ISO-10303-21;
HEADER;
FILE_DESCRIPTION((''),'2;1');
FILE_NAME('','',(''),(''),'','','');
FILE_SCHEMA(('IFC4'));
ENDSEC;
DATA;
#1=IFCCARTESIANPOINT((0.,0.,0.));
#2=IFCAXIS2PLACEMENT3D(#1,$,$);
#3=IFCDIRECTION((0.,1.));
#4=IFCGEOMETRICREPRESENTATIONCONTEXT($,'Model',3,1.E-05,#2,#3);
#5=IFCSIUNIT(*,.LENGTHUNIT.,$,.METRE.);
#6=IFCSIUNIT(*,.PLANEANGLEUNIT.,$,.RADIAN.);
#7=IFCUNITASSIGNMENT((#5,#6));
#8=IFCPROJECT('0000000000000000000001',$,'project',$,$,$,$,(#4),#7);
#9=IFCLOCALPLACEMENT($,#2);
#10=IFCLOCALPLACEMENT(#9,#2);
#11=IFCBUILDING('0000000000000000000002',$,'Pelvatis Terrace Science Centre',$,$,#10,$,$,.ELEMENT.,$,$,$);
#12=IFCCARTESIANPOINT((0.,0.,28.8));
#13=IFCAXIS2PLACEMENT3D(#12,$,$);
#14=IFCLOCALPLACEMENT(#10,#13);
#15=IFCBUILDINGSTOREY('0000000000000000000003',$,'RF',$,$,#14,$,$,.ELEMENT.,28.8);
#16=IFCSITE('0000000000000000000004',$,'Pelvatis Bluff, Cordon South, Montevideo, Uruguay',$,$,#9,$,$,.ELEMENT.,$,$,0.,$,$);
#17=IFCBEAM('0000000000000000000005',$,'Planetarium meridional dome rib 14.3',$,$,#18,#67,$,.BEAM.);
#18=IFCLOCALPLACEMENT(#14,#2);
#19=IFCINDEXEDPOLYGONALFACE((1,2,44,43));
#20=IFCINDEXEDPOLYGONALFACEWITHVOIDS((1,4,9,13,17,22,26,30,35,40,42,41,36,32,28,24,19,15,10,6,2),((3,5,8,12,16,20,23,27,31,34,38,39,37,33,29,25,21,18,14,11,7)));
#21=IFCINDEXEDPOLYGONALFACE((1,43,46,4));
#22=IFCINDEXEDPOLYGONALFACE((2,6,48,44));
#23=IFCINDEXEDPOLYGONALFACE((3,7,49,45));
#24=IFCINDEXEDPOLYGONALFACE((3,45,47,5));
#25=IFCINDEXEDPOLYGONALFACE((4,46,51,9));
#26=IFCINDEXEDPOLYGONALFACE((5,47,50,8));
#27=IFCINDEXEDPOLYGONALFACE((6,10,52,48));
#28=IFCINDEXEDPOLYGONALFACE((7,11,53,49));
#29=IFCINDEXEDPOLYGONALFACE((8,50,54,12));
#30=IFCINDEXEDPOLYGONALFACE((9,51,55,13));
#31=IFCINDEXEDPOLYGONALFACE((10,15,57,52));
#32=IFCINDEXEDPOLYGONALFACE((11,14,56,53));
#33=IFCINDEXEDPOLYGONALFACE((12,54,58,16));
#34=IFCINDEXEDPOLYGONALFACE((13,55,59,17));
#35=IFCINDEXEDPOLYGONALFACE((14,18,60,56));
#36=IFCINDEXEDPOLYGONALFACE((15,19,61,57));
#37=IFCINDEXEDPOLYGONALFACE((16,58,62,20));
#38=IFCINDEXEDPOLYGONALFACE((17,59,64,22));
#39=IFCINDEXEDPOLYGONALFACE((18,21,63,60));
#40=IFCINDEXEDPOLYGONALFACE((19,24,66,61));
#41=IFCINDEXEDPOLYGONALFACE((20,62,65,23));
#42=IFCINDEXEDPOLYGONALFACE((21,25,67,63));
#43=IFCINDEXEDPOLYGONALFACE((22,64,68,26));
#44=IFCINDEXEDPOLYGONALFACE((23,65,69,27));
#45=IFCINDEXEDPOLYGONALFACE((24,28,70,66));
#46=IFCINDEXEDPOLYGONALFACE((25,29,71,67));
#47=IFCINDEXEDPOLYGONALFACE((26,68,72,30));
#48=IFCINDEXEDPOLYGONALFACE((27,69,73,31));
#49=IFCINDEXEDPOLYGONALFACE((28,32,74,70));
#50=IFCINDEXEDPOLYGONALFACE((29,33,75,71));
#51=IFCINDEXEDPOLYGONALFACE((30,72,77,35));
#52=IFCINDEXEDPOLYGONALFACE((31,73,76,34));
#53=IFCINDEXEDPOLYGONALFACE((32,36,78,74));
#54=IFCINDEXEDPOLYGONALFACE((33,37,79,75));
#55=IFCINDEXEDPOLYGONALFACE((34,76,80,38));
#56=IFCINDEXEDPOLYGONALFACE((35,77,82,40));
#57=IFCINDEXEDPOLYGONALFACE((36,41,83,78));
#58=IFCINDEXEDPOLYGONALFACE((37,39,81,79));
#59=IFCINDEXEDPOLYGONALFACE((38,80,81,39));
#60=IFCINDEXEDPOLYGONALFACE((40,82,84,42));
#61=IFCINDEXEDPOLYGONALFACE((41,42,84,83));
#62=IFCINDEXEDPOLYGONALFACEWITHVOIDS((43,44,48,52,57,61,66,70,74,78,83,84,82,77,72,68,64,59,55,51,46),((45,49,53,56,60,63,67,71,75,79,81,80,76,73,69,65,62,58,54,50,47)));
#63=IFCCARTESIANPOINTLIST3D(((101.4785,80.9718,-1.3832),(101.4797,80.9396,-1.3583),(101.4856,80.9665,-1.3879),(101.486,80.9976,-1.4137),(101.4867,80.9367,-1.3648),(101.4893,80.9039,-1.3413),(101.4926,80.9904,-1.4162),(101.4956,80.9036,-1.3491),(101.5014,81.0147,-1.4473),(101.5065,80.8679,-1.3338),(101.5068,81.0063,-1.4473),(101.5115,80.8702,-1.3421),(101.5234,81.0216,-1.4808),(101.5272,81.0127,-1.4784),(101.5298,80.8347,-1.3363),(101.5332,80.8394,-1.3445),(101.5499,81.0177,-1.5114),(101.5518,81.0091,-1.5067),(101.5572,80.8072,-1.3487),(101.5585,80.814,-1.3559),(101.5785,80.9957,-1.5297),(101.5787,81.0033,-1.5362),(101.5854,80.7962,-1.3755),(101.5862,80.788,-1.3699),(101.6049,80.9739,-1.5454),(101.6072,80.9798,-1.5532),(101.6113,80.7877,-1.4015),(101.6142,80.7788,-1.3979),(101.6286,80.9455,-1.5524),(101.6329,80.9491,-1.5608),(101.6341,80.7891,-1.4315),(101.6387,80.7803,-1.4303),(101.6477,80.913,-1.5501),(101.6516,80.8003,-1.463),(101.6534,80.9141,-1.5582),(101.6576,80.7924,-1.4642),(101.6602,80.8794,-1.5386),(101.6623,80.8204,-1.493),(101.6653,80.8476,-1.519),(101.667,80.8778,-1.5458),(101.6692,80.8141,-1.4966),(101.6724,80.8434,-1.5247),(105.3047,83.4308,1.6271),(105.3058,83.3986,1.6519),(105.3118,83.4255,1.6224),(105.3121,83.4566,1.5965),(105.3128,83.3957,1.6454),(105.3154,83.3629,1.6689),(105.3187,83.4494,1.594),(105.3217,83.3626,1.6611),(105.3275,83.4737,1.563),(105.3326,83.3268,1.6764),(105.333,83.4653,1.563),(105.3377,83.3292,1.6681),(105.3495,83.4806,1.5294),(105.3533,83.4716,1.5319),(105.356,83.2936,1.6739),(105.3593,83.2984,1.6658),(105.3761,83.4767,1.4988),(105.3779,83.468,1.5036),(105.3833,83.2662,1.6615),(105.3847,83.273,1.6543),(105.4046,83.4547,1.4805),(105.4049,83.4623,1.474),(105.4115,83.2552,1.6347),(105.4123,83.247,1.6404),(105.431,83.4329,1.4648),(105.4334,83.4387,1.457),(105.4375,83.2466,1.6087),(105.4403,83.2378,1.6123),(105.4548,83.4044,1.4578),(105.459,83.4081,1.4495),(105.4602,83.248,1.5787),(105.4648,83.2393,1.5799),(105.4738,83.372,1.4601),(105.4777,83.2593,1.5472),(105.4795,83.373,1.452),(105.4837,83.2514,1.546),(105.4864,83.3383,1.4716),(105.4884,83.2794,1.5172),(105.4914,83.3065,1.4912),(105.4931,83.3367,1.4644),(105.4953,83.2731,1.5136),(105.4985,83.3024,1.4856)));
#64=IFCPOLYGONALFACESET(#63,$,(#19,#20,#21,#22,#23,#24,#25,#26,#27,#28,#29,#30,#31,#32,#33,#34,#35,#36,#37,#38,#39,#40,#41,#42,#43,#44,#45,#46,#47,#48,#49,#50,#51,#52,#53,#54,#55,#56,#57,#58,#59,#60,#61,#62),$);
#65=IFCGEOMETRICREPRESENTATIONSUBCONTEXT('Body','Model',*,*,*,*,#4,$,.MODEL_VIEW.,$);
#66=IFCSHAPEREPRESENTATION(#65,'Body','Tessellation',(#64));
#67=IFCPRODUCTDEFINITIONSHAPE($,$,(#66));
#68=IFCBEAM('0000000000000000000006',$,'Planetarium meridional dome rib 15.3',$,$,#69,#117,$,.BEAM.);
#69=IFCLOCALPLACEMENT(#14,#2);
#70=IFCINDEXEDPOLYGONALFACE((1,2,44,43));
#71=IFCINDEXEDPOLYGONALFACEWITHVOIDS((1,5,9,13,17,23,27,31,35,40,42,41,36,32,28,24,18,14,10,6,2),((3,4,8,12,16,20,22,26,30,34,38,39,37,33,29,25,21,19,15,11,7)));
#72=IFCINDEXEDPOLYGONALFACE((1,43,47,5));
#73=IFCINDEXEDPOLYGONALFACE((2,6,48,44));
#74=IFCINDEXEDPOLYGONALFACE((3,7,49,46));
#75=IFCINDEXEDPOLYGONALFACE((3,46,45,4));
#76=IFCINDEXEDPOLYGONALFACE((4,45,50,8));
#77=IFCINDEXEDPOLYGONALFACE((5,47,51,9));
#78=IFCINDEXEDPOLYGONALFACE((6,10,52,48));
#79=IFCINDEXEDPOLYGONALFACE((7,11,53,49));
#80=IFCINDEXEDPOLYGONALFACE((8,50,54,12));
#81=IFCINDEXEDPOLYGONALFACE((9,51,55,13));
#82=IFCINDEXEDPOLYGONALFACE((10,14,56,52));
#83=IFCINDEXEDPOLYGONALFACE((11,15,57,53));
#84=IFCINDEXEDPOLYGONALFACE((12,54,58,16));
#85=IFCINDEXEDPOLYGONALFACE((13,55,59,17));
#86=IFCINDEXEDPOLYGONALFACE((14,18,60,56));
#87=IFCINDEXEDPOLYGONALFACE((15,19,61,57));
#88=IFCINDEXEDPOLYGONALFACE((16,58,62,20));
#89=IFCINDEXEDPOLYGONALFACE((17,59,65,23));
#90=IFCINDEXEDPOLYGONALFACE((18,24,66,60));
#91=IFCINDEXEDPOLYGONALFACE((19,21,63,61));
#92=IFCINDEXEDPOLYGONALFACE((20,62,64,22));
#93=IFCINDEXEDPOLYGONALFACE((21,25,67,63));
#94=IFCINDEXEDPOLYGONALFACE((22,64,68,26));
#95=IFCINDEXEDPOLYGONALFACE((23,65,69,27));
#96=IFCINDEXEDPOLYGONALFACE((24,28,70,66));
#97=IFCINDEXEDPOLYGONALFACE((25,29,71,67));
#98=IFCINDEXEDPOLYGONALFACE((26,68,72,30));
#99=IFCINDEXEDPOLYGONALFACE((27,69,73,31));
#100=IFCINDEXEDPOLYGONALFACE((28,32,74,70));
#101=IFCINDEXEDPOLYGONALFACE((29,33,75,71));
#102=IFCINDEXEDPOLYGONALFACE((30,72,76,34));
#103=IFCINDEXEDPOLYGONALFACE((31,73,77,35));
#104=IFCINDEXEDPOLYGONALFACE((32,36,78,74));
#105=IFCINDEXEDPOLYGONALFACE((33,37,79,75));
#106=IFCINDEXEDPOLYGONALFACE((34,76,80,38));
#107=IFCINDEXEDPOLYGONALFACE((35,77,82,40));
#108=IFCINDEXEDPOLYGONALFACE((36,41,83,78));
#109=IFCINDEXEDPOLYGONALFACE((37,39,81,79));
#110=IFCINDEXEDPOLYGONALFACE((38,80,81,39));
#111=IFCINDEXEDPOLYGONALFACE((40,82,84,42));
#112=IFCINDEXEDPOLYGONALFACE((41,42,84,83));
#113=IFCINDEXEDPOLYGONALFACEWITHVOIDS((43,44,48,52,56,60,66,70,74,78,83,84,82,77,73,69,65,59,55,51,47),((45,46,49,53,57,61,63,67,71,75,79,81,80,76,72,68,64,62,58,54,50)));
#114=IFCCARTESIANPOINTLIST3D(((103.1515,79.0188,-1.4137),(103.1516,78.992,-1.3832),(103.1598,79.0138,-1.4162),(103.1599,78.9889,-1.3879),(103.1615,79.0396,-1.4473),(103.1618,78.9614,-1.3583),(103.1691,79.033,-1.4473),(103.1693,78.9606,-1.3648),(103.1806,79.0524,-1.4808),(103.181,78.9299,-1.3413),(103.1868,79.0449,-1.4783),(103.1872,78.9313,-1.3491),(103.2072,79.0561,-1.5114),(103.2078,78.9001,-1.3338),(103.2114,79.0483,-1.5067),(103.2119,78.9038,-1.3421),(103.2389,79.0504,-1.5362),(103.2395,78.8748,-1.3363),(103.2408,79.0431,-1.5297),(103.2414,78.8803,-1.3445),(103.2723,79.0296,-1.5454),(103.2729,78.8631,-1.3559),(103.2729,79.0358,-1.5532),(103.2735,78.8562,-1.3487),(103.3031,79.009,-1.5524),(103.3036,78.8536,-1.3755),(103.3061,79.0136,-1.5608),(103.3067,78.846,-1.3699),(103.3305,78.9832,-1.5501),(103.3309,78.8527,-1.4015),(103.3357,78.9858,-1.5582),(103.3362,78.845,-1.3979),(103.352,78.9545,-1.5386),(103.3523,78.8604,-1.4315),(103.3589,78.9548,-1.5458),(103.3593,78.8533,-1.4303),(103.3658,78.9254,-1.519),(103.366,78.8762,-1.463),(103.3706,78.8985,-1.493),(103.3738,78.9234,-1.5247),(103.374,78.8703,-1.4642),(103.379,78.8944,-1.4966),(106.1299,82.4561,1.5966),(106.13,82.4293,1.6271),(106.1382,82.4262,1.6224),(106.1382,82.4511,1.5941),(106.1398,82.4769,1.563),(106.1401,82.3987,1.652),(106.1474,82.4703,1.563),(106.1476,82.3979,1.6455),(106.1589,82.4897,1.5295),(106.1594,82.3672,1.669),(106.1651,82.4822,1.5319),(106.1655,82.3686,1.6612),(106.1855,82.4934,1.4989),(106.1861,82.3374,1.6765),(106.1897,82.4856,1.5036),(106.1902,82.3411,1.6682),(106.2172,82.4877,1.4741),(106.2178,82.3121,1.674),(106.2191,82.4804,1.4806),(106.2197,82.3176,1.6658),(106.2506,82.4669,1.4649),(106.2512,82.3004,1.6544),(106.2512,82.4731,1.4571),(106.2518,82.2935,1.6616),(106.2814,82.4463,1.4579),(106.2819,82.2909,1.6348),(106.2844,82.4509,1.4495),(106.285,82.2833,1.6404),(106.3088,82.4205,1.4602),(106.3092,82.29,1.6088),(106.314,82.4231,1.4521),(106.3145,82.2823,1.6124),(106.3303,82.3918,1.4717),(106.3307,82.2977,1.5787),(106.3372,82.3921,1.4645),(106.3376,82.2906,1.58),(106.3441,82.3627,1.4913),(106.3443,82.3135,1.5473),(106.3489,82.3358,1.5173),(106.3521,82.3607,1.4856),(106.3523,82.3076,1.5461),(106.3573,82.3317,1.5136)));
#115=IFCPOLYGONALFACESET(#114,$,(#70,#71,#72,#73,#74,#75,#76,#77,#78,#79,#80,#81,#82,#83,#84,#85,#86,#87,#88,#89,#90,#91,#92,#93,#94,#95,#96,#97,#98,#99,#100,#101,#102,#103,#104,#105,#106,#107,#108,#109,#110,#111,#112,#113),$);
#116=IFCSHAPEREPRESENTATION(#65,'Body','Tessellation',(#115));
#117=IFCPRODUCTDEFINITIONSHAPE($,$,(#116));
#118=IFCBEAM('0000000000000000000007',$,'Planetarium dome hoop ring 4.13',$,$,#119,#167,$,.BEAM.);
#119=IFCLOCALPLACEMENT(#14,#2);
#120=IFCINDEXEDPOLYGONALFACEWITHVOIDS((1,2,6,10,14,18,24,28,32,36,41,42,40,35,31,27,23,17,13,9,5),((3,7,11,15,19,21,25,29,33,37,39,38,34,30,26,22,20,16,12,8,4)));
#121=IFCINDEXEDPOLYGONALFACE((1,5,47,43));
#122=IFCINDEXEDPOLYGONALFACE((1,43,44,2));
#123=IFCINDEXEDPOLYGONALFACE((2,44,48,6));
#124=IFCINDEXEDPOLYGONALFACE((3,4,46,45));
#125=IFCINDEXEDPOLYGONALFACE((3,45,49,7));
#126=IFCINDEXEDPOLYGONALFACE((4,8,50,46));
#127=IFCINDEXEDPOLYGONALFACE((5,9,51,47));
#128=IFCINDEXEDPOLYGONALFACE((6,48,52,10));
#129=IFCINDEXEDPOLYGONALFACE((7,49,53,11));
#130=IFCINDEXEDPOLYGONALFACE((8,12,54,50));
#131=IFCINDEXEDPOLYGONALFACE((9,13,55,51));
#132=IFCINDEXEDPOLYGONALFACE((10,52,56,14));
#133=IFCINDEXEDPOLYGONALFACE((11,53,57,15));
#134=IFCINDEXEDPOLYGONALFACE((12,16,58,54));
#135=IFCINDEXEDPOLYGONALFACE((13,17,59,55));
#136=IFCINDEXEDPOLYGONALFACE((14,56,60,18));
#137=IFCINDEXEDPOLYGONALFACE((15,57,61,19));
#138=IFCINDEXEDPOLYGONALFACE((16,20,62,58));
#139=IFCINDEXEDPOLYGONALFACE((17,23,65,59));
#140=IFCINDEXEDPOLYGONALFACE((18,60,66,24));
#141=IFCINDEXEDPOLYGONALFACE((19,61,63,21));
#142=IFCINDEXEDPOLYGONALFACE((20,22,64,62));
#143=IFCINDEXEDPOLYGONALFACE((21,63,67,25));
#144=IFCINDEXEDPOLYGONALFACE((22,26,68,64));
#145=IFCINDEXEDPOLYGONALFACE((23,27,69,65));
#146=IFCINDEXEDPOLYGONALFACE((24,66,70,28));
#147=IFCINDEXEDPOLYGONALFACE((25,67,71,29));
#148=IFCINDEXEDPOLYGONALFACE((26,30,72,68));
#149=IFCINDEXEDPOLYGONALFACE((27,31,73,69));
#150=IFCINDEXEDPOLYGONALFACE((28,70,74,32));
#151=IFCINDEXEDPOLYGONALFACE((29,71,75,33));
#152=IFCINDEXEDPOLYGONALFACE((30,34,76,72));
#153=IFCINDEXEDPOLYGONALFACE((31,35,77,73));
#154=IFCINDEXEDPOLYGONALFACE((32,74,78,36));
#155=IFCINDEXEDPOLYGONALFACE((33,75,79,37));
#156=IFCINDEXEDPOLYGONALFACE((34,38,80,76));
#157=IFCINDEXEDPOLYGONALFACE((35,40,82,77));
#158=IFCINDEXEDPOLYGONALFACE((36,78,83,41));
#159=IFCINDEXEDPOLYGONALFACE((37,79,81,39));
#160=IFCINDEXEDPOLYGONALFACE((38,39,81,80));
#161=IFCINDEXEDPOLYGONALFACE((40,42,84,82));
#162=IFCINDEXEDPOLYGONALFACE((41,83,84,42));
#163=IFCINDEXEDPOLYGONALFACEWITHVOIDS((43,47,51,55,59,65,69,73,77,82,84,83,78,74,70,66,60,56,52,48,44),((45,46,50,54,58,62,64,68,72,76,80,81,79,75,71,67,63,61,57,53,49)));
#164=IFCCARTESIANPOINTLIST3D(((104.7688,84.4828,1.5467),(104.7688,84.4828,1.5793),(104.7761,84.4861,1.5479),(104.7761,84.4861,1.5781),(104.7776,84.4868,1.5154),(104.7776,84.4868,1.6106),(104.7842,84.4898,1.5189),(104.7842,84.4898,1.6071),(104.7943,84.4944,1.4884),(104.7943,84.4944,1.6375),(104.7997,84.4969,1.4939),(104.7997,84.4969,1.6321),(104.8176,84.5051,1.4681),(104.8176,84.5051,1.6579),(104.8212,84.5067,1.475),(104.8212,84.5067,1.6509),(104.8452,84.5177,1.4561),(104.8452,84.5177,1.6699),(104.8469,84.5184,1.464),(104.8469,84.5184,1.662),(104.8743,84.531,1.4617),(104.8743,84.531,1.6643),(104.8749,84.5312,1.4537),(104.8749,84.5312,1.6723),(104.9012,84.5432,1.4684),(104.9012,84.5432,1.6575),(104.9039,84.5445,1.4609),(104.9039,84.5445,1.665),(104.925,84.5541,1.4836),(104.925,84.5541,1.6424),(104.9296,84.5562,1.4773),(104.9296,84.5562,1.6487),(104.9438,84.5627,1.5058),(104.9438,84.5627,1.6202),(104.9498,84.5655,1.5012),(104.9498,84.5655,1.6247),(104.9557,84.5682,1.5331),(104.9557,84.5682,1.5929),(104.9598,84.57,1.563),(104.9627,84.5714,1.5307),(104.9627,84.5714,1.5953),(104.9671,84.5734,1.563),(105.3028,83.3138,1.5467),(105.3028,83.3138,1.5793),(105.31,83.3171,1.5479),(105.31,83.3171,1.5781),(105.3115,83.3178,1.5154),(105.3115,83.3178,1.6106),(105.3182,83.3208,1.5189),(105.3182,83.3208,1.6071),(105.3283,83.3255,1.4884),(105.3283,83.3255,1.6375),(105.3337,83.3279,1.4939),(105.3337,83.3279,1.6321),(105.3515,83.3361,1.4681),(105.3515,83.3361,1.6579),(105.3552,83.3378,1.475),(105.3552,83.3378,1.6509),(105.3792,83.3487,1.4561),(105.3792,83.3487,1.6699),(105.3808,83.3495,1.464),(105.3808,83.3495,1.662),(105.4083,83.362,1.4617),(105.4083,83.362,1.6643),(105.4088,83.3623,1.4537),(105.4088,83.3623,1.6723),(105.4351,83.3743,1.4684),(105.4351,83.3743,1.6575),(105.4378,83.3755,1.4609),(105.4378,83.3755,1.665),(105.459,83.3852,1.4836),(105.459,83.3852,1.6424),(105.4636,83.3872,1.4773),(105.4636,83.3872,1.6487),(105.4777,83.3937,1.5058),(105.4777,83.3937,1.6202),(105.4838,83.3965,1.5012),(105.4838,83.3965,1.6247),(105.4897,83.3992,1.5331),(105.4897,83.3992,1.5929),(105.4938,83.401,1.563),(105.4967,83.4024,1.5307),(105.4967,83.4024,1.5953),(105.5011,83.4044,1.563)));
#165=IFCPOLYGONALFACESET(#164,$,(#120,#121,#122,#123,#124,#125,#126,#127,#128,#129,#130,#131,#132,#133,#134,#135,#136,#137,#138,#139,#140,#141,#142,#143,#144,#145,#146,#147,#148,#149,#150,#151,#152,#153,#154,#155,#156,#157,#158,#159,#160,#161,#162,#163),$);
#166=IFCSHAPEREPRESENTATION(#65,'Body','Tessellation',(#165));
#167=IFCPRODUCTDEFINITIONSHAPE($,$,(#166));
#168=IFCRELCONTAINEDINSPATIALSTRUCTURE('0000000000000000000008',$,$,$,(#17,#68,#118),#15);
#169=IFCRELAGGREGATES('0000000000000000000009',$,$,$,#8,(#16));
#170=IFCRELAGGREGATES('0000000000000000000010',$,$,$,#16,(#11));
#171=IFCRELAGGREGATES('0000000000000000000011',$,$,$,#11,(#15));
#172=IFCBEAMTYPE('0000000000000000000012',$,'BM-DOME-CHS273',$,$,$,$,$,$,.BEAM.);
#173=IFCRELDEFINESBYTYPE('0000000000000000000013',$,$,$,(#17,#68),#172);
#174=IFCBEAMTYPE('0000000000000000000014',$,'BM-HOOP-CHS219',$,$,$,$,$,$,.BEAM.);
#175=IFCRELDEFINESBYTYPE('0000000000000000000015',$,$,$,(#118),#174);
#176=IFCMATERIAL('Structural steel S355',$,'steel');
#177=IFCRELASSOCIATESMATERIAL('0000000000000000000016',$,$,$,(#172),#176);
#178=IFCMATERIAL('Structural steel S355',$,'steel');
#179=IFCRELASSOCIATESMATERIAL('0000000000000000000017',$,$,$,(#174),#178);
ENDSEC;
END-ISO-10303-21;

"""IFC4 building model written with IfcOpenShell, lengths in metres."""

from ifc_helpers import new_model, si_unit, direction, frame, origin, origin_2d, place, context, subcontext, project, spatial, hollow_circle, extrude, material, material_profile, profile_set, type_object, element, save


model = new_model("IFC4")

# Units and contexts
model_context = context("Model", 3, precision=1e-05, world=origin(), true_north=direction((0.0, 1.0)))
body_context = subcontext(model_context, "Body", "Model", "MODEL_VIEW")
ifc_project = project(units=[si_unit("LENGTHUNIT", "METRE"), si_unit("PLANEANGLEUNIT", "RADIAN")], contexts=[model_context])

# Site, building, storey
site_placement = place(None, origin())
site = spatial("IfcSite", under=ifc_project, at=site_placement, Name="Pelvatis Bluff, Cordon South, Montevideo, Uruguay", CompositionType="ELEMENT", RefElevation=0.0)
building_placement = place(site_placement, origin())
building = spatial("IfcBuilding", under=site, at=building_placement, Name="Pelvatis Terrace Science Centre", CompositionType="ELEMENT")
storey_placement = place(building_placement, frame((0.0, 0.0, 28.8)))
storey = spatial("IfcBuildingStorey", under=building, at=storey_placement, Name="RF", CompositionType="ELEMENT", Elevation=28.8)

# Beams
ifc_material_1 = material(Name="Structural steel S355", Category="steel")
ifc_material_profile_1 = material_profile(ifc_material_1, hollow_circle(Radius=0.1365, WallThickness=0.01, at=origin_2d()), Name="CHS 273.0x10.0")
ifc_profile_set_1 = profile_set([ifc_material_profile_1], Name="Structural steel S355")
beam_type_1 = type_object("IfcBeamType", Name="BM-DOME-CHS273", PredefinedType="BEAM", material=ifc_profile_set_1)
for number, where, z_axis, x_axis, name in (
    (1, (101.5752, 80.8999, -1.4473), (0.701515, 0.450846, 0.551919), (-0.540649, 0.841248, 0.0), "Planetarium meridional dome rib 14.3"),
    (2, (103.2646, 78.9502, -1.4473), (0.546068, 0.630223, 0.551932), (-0.755763, 0.654845, 0.0), "Planetarium meridional dome rib 15.3"),
):
    element("IfcBeam", number, at=place(storey_placement, frame(where, z_axis=z_axis, x_axis=x_axis)), inside=storey, type_object=beam_type_1, Name=name, PredefinedType="BEAM", context=body_context, shape_type="SweptSolid", body=[
        extrude(hollow_circle(Radius=0.1365, WallThickness=0.01, at=origin_2d()), origin(), (0.0, 0.0, 1.0), 5.4541),
    ])
ifc_material_2 = material(Name="Structural steel S355", Category="steel")
ifc_material_profile_2 = material_profile(ifc_material_2, hollow_circle(Radius=0.1096, WallThickness=0.0081, at=origin_2d()), Name="CHS 219.1x8.0")
ifc_profile_set_2 = profile_set([ifc_material_profile_2], Name="Structural steel S355")
beam_type_2 = type_object("IfcBeamType", Name="BM-HOOP-CHS219", PredefinedType="BEAM", material=ifc_profile_set_2)
beam_1_placement = place(storey_placement, frame((104.8674, 84.5278, 1.563), z_axis=(0.415477, -0.909604, 0.0), x_axis=(0.909604, 0.415477, 0.0)))
element("IfcBeam", 3, at=beam_1_placement, inside=storey, type_object=beam_type_2, Name="Planetarium dome hoop ring 4.13", PredefinedType="BEAM", context=body_context, shape_type="SweptSolid", body=[
    extrude(hollow_circle(Radius=0.1096, WallThickness=0.0081, at=origin_2d()), origin(), (0.0, 0.0, 1.0), 1.2852),
])

save(model, "model.ifc")
